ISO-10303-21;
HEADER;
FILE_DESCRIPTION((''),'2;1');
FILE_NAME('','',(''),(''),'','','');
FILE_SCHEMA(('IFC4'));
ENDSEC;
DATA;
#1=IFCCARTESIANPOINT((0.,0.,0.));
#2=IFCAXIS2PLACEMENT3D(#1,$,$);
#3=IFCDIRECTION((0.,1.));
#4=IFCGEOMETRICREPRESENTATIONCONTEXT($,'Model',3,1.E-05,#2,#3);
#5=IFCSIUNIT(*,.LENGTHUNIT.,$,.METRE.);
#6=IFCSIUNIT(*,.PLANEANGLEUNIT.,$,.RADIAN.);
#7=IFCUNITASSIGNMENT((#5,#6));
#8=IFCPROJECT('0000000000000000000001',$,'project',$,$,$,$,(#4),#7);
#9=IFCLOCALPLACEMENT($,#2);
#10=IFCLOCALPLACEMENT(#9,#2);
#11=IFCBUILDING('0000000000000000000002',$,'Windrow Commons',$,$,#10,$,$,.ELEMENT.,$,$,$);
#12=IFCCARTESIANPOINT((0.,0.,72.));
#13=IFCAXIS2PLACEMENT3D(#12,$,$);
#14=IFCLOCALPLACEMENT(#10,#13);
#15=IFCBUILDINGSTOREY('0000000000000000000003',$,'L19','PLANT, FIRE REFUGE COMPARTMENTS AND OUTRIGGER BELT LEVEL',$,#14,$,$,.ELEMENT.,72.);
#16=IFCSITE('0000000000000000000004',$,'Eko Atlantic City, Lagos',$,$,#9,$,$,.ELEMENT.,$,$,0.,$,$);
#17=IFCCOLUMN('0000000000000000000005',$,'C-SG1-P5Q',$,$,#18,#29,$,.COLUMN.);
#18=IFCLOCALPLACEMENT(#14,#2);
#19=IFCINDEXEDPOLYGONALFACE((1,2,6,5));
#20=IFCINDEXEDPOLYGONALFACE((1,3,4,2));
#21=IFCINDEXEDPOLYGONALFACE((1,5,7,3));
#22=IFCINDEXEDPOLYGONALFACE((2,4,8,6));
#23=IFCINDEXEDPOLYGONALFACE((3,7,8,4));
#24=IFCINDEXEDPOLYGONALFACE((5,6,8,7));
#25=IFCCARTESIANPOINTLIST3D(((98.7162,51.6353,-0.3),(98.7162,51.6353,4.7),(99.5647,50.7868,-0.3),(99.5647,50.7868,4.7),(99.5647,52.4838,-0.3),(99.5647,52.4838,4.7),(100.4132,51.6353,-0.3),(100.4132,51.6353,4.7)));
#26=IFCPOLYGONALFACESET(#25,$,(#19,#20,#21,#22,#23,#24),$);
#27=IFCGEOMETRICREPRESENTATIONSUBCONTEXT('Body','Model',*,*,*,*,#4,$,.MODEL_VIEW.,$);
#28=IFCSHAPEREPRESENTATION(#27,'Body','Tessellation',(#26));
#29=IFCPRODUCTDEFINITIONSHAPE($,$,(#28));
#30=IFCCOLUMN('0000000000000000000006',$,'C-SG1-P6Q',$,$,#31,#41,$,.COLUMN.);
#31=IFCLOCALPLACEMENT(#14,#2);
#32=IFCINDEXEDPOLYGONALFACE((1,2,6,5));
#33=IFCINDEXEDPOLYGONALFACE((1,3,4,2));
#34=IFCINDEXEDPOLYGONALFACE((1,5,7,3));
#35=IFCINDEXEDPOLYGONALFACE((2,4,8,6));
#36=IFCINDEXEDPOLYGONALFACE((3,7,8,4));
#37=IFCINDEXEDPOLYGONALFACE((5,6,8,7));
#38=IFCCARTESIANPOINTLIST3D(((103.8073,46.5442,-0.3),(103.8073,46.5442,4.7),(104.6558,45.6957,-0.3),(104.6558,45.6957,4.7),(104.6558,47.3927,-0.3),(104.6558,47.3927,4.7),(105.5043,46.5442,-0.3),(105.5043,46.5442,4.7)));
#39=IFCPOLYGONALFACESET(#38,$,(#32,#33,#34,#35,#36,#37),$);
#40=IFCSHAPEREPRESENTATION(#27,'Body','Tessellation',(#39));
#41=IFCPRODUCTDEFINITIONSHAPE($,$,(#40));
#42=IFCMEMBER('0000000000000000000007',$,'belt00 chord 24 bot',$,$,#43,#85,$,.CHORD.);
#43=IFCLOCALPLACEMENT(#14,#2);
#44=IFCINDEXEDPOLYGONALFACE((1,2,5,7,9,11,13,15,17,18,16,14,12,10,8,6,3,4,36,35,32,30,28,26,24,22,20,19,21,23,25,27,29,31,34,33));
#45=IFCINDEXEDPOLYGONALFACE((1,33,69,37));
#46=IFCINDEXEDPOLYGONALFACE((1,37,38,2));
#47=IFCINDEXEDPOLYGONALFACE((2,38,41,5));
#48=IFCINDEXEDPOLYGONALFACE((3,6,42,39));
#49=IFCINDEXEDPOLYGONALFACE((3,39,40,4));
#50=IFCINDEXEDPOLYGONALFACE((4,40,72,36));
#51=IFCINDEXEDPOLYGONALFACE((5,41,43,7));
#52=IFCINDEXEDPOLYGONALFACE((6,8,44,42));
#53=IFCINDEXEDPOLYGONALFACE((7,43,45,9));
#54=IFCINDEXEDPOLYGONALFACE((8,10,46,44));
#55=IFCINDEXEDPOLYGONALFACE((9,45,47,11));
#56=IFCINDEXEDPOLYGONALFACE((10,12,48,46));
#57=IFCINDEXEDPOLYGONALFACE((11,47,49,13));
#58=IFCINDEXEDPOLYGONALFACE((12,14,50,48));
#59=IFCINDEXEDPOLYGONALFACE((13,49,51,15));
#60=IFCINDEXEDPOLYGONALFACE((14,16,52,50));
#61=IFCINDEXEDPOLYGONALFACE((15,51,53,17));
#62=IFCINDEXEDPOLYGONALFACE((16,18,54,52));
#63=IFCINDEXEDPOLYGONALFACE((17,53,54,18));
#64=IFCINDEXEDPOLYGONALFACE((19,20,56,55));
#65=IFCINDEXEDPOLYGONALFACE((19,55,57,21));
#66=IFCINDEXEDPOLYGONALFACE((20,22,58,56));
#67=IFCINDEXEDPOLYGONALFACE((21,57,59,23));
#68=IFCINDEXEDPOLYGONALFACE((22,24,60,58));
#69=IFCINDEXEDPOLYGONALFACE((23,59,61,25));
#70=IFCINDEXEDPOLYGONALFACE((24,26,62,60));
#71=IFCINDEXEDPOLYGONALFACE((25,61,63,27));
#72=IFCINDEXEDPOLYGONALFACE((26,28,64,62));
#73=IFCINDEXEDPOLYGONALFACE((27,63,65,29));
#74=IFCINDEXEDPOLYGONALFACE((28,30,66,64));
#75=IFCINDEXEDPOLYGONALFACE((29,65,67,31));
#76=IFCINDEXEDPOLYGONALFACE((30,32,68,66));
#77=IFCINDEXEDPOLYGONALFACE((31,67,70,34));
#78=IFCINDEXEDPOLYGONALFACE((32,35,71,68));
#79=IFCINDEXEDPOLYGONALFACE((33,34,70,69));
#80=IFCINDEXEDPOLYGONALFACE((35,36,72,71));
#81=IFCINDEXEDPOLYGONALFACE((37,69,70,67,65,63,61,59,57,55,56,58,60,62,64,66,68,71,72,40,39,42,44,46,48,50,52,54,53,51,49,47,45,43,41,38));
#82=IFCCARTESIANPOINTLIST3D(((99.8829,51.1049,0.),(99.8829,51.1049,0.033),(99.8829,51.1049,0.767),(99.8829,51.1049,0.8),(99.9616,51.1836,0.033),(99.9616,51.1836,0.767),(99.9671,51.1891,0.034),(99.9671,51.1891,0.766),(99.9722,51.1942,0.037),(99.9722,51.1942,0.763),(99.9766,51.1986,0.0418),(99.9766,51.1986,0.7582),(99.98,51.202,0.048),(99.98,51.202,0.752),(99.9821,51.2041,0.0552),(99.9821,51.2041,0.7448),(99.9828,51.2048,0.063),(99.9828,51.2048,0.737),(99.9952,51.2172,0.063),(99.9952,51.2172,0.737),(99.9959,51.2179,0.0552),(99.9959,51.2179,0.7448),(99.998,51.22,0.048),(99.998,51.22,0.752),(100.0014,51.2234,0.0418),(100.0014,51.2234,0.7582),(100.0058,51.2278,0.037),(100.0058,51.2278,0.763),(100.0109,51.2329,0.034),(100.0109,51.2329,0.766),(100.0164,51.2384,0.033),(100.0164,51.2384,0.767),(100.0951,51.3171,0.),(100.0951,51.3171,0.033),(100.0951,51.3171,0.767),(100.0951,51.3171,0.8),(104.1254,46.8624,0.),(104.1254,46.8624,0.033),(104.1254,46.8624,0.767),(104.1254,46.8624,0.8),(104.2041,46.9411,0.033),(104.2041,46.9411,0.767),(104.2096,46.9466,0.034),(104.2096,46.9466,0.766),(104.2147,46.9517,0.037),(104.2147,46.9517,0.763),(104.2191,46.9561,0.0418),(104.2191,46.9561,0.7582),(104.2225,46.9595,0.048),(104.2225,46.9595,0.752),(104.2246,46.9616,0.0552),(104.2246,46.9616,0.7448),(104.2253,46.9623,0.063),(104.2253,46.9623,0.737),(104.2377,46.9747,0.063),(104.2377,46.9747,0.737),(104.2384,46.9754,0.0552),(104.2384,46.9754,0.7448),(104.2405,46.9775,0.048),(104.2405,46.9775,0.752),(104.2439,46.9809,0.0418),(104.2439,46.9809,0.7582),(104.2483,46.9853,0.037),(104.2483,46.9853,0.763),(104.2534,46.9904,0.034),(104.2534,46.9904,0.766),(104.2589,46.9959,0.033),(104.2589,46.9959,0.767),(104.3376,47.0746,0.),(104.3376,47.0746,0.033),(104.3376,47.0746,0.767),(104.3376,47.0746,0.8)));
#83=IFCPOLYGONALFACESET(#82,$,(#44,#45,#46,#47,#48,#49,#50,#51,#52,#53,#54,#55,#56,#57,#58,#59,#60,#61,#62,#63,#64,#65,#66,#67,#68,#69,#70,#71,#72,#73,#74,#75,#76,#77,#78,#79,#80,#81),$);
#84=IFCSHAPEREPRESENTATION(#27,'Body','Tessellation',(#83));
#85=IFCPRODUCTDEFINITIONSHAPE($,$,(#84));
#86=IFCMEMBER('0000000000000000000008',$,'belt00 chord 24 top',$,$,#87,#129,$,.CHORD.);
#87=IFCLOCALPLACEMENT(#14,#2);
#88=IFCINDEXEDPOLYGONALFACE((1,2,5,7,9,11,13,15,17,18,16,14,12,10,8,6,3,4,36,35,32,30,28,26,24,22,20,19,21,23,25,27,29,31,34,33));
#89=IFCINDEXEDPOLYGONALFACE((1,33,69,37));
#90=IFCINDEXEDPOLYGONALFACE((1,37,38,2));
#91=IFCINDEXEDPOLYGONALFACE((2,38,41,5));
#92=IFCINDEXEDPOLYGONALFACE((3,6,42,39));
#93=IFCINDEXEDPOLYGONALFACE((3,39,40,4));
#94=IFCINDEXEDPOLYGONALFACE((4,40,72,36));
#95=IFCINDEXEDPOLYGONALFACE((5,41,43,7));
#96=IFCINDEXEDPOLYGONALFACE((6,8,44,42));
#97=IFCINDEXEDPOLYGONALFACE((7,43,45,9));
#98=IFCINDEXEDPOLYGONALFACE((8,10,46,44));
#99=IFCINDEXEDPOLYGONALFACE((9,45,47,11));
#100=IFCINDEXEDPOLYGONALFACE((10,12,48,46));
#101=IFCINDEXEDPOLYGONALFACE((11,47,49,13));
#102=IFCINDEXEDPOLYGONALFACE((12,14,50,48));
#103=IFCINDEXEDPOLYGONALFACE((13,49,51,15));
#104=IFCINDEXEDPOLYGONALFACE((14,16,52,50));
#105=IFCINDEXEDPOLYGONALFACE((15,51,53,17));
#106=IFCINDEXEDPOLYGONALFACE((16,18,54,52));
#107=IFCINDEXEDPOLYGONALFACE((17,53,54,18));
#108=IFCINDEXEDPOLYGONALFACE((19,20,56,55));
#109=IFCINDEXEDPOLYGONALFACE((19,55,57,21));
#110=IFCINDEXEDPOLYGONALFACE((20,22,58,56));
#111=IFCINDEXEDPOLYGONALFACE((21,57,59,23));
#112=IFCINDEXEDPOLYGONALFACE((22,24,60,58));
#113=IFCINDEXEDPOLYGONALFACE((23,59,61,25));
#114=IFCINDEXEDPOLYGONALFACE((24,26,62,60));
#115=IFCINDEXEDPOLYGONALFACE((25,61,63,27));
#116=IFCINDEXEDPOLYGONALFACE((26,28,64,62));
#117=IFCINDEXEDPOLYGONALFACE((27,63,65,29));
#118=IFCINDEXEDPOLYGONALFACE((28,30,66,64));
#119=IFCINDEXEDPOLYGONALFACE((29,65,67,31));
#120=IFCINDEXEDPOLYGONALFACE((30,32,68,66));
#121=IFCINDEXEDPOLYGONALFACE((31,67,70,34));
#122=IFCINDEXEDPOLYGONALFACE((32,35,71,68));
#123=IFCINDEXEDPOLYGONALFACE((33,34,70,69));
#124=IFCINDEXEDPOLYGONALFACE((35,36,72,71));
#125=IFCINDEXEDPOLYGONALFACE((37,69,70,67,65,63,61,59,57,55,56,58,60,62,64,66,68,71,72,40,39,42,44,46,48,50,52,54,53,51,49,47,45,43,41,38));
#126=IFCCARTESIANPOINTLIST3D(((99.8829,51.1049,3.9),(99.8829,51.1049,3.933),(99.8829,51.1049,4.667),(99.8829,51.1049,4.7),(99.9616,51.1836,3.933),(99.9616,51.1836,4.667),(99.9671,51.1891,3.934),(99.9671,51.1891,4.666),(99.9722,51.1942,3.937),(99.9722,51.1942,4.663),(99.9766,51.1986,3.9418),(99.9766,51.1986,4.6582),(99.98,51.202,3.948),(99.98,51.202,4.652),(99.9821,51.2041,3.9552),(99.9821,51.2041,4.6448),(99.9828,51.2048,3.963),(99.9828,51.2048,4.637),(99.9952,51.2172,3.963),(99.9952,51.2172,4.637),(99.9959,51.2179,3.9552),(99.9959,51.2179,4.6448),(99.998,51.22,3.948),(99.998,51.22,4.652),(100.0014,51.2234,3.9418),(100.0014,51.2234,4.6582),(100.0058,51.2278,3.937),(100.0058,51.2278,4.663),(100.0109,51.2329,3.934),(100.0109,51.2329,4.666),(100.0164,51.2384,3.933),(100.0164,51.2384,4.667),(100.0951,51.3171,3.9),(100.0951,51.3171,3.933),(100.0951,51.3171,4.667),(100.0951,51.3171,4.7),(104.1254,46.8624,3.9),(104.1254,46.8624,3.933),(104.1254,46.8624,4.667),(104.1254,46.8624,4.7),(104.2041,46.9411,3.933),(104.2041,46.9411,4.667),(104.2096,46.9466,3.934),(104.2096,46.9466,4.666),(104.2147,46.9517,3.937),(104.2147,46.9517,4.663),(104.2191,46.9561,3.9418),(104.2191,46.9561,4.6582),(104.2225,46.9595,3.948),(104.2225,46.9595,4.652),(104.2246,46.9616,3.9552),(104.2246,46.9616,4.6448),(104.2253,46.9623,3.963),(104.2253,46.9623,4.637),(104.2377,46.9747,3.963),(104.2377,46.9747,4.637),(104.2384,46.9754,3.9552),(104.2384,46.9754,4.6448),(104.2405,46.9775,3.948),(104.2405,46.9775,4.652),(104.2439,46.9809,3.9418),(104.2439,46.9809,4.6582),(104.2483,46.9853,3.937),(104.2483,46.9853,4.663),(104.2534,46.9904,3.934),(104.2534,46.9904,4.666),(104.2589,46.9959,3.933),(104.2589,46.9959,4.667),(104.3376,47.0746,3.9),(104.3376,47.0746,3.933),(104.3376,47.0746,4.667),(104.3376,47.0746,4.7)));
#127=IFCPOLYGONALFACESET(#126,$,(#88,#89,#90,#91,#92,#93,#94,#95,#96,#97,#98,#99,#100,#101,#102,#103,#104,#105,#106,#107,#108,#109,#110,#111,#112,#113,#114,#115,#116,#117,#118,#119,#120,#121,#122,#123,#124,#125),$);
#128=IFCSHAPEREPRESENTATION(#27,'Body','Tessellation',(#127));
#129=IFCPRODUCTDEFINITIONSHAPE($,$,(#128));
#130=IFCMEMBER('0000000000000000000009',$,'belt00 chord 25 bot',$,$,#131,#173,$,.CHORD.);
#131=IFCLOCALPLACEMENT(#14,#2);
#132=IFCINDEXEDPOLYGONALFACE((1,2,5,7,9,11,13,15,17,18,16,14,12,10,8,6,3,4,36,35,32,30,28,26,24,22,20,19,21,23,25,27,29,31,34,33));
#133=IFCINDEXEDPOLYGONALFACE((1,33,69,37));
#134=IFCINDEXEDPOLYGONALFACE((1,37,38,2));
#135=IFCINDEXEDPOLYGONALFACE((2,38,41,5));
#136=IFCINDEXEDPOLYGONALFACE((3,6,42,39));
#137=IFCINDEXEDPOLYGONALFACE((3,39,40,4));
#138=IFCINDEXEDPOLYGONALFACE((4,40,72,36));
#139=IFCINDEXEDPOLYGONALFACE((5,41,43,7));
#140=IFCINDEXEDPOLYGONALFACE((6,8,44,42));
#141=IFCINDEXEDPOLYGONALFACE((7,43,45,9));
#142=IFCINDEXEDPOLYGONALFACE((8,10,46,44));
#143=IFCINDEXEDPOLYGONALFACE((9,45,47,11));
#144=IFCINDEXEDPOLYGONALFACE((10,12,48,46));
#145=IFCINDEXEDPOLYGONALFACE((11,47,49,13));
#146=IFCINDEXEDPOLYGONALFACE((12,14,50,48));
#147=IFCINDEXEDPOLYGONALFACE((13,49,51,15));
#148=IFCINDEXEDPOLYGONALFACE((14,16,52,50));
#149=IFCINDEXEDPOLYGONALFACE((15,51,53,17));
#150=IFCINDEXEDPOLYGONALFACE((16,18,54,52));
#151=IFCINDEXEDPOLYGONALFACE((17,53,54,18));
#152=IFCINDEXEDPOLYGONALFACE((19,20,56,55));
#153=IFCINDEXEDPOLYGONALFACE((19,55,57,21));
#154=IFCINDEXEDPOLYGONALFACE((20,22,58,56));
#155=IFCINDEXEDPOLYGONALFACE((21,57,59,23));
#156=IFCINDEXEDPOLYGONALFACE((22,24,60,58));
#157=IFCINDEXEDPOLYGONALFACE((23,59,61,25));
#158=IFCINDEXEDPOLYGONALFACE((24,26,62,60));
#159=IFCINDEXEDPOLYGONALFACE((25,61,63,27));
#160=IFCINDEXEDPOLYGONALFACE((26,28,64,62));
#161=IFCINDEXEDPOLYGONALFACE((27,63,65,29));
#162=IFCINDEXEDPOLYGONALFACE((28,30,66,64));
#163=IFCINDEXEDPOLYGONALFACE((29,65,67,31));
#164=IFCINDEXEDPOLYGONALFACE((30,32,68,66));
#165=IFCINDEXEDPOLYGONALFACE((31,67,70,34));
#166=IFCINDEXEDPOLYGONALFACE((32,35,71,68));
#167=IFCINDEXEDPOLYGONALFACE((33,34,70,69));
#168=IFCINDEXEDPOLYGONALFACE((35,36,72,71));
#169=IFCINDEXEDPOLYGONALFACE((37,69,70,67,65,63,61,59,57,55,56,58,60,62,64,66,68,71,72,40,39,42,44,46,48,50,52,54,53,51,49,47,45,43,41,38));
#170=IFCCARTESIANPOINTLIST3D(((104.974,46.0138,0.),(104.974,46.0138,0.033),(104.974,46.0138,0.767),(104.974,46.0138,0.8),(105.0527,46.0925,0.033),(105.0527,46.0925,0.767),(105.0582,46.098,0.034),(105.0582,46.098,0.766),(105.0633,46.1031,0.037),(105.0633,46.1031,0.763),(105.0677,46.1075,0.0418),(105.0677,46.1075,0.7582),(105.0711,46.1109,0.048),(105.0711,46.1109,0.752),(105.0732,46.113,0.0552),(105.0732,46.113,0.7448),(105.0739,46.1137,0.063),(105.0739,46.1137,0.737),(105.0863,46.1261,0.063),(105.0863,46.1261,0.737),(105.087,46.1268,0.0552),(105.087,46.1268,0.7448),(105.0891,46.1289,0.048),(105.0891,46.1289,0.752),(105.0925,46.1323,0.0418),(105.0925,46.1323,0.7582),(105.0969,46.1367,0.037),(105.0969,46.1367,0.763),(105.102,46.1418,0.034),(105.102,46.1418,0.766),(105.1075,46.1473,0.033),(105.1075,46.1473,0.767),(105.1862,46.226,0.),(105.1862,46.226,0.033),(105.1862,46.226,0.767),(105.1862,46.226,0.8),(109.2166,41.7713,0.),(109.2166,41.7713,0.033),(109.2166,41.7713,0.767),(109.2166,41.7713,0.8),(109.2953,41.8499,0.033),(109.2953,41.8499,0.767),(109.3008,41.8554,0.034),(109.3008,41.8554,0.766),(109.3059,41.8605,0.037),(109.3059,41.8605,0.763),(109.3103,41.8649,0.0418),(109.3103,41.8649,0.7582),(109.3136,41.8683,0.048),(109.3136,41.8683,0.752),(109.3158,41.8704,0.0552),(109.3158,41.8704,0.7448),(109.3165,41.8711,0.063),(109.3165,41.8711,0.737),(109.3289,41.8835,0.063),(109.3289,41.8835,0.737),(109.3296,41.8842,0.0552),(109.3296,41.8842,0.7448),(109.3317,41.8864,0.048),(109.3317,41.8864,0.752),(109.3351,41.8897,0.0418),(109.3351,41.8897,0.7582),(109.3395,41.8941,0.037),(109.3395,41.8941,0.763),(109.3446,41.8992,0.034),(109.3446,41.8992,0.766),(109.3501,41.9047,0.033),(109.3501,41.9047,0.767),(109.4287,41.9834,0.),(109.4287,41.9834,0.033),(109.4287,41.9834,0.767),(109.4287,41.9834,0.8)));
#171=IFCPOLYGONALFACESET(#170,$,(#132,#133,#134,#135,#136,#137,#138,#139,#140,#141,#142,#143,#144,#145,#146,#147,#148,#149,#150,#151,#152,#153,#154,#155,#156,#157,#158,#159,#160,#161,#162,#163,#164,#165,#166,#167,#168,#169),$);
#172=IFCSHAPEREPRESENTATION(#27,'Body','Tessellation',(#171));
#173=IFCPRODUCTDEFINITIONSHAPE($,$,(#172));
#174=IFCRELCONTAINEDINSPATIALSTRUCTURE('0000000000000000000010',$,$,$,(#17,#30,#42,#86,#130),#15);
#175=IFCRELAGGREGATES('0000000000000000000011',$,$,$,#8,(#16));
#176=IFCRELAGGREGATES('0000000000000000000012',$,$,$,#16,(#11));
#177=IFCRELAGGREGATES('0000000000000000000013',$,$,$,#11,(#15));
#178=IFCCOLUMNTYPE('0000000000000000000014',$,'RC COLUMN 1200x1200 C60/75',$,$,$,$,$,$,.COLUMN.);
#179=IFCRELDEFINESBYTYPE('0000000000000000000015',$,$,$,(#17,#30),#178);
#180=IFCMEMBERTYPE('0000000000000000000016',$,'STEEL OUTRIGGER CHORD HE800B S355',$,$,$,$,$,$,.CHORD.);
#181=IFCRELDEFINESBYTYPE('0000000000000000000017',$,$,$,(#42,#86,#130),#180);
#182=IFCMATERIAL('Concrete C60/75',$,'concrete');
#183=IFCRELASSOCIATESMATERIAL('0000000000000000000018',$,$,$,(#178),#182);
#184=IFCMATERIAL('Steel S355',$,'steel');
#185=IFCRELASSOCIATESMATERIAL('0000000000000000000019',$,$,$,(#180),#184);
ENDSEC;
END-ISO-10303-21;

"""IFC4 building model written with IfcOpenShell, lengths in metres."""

from ifc_helpers import new_model, si_unit, direction, frame, origin, origin_2d, place, context, subcontext, project, spatial, rectangle, i_section, extrude, material, material_profile, profile_set, type_object, element, save


model = new_model("IFC4")

# Units and contexts
model_context = context("Model", 3, precision=1e-05, world=origin(), true_north=direction((0.0, 1.0)))
body_context = subcontext(model_context, "Body", "Model", "MODEL_VIEW")
ifc_project = project(units=[si_unit("LENGTHUNIT", "METRE"), si_unit("PLANEANGLEUNIT", "RADIAN")], contexts=[model_context])

# Site, building, storey
site_placement = place(None, origin())
site = spatial("IfcSite", under=ifc_project, at=site_placement, Name="Eko Atlantic City, Lagos", CompositionType="ELEMENT", RefElevation=0.0)
building_placement = place(site_placement, origin())
building = spatial("IfcBuilding", under=site, at=building_placement, Name="Windrow Commons", CompositionType="ELEMENT")
storey_placement = place(building_placement, frame((0.0, 0.0, 72.0)))
storey = spatial("IfcBuildingStorey", under=building, at=storey_placement, Name="L19", Description="PLANT, FIRE REFUGE COMPARTMENTS AND OUTRIGGER BELT LEVEL", CompositionType="ELEMENT", Elevation=72.0)

# Columns
ifc_material_1 = material(Name="Concrete C60/75", Category="concrete")
ifc_material_profile_1 = material_profile(ifc_material_1, rectangle(XDim=1.2, YDim=1.2, at=origin_2d()))
ifc_profile_set_1 = profile_set([ifc_material_profile_1], Name="Concrete C60/75")
column_type = type_object("IfcColumnType", Name="RC COLUMN 1200x1200 C60/75", PredefinedType="COLUMN", material=ifc_profile_set_1)
for number, where, z_axis, x_axis, name in (
    (1, (99.5647, 51.6353, -0.3), (0.0, 0.0, 1.0), (0.707107, -0.707107, 0.0), "C-SG1-P5Q"),
    (2, (104.6558, 46.5442, -0.3), (0.0, 0.0, 1.0), (0.707107, -0.707107, 0.0), "C-SG1-P6Q"),
):
    element("IfcColumn", number, at=place(storey_placement, frame(where, z_axis=z_axis, x_axis=x_axis)), inside=storey, type_object=column_type, Name=name, PredefinedType="COLUMN", context=body_context, shape_type="SweptSolid", body=[
        extrude(rectangle(XDim=1.2, YDim=1.2, at=origin_2d()), origin(), (0.0, 0.0, 1.0), 5.0),
    ])

# Members
ifc_material_2 = material(Name="Steel S355", Category="steel")
ifc_material_profile_2 = material_profile(ifc_material_2, i_section(OverallWidth=0.3, OverallDepth=0.8, WebThickness=0.0175, FlangeThickness=0.033, FilletRadius=0.03, at=origin_2d()))
ifc_profile_set_2 = profile_set([ifc_material_profile_2], Name="Steel S355")
member_type_1 = type_object("IfcMemberType", Name="STEEL OUTRIGGER CHORD HE800B S355", PredefinedType="CHORD", material=ifc_profile_set_2)
for number, where, z_axis, x_axis, name in (
    (3, (99.989, 51.211, 0.4), (0.707107, -0.707107, 0.0), (0.707107, 0.707107, 0.0), "belt00 chord 24 bot"),
    (4, (99.989, 51.211, 4.3), (0.707107, -0.707107, 0.0), (0.707107, 0.707107, 0.0), "belt00 chord 24 top"),
):
    element("IfcMember", number, at=place(storey_placement, frame(where, z_axis=z_axis, x_axis=x_axis)), inside=storey, type_object=member_type_1, Name=name, PredefinedType="CHORD", context=body_context, shape_type="SweptSolid", body=[
        extrude(i_section(OverallWidth=0.3, OverallDepth=0.8, WebThickness=0.0175, FlangeThickness=0.033, FilletRadius=0.03, at=origin_2d()), origin(), (0.0, 0.0, 1.0), 5.9998),
    ])
for number, where, z_axis, x_axis, name in (
    (5, (105.0801, 46.1199, 0.4), (0.707107, -0.707107, 0.0), (0.707107, 0.707107, 0.0), "belt00 chord 25 bot"),
):
    element("IfcMember", number, at=place(storey_placement, frame(where, z_axis=z_axis, x_axis=x_axis)), inside=storey, type_object=member_type_1, Name=name, PredefinedType="CHORD", context=body_context, shape_type="SweptSolid", body=[
        extrude(i_section(OverallWidth=0.3, OverallDepth=0.8, WebThickness=0.0175, FlangeThickness=0.033, FilletRadius=0.03, at=origin_2d()), origin(), (0.0, 0.0, 1.0), 5.9999),
    ])

save(model, "model.ifc")
